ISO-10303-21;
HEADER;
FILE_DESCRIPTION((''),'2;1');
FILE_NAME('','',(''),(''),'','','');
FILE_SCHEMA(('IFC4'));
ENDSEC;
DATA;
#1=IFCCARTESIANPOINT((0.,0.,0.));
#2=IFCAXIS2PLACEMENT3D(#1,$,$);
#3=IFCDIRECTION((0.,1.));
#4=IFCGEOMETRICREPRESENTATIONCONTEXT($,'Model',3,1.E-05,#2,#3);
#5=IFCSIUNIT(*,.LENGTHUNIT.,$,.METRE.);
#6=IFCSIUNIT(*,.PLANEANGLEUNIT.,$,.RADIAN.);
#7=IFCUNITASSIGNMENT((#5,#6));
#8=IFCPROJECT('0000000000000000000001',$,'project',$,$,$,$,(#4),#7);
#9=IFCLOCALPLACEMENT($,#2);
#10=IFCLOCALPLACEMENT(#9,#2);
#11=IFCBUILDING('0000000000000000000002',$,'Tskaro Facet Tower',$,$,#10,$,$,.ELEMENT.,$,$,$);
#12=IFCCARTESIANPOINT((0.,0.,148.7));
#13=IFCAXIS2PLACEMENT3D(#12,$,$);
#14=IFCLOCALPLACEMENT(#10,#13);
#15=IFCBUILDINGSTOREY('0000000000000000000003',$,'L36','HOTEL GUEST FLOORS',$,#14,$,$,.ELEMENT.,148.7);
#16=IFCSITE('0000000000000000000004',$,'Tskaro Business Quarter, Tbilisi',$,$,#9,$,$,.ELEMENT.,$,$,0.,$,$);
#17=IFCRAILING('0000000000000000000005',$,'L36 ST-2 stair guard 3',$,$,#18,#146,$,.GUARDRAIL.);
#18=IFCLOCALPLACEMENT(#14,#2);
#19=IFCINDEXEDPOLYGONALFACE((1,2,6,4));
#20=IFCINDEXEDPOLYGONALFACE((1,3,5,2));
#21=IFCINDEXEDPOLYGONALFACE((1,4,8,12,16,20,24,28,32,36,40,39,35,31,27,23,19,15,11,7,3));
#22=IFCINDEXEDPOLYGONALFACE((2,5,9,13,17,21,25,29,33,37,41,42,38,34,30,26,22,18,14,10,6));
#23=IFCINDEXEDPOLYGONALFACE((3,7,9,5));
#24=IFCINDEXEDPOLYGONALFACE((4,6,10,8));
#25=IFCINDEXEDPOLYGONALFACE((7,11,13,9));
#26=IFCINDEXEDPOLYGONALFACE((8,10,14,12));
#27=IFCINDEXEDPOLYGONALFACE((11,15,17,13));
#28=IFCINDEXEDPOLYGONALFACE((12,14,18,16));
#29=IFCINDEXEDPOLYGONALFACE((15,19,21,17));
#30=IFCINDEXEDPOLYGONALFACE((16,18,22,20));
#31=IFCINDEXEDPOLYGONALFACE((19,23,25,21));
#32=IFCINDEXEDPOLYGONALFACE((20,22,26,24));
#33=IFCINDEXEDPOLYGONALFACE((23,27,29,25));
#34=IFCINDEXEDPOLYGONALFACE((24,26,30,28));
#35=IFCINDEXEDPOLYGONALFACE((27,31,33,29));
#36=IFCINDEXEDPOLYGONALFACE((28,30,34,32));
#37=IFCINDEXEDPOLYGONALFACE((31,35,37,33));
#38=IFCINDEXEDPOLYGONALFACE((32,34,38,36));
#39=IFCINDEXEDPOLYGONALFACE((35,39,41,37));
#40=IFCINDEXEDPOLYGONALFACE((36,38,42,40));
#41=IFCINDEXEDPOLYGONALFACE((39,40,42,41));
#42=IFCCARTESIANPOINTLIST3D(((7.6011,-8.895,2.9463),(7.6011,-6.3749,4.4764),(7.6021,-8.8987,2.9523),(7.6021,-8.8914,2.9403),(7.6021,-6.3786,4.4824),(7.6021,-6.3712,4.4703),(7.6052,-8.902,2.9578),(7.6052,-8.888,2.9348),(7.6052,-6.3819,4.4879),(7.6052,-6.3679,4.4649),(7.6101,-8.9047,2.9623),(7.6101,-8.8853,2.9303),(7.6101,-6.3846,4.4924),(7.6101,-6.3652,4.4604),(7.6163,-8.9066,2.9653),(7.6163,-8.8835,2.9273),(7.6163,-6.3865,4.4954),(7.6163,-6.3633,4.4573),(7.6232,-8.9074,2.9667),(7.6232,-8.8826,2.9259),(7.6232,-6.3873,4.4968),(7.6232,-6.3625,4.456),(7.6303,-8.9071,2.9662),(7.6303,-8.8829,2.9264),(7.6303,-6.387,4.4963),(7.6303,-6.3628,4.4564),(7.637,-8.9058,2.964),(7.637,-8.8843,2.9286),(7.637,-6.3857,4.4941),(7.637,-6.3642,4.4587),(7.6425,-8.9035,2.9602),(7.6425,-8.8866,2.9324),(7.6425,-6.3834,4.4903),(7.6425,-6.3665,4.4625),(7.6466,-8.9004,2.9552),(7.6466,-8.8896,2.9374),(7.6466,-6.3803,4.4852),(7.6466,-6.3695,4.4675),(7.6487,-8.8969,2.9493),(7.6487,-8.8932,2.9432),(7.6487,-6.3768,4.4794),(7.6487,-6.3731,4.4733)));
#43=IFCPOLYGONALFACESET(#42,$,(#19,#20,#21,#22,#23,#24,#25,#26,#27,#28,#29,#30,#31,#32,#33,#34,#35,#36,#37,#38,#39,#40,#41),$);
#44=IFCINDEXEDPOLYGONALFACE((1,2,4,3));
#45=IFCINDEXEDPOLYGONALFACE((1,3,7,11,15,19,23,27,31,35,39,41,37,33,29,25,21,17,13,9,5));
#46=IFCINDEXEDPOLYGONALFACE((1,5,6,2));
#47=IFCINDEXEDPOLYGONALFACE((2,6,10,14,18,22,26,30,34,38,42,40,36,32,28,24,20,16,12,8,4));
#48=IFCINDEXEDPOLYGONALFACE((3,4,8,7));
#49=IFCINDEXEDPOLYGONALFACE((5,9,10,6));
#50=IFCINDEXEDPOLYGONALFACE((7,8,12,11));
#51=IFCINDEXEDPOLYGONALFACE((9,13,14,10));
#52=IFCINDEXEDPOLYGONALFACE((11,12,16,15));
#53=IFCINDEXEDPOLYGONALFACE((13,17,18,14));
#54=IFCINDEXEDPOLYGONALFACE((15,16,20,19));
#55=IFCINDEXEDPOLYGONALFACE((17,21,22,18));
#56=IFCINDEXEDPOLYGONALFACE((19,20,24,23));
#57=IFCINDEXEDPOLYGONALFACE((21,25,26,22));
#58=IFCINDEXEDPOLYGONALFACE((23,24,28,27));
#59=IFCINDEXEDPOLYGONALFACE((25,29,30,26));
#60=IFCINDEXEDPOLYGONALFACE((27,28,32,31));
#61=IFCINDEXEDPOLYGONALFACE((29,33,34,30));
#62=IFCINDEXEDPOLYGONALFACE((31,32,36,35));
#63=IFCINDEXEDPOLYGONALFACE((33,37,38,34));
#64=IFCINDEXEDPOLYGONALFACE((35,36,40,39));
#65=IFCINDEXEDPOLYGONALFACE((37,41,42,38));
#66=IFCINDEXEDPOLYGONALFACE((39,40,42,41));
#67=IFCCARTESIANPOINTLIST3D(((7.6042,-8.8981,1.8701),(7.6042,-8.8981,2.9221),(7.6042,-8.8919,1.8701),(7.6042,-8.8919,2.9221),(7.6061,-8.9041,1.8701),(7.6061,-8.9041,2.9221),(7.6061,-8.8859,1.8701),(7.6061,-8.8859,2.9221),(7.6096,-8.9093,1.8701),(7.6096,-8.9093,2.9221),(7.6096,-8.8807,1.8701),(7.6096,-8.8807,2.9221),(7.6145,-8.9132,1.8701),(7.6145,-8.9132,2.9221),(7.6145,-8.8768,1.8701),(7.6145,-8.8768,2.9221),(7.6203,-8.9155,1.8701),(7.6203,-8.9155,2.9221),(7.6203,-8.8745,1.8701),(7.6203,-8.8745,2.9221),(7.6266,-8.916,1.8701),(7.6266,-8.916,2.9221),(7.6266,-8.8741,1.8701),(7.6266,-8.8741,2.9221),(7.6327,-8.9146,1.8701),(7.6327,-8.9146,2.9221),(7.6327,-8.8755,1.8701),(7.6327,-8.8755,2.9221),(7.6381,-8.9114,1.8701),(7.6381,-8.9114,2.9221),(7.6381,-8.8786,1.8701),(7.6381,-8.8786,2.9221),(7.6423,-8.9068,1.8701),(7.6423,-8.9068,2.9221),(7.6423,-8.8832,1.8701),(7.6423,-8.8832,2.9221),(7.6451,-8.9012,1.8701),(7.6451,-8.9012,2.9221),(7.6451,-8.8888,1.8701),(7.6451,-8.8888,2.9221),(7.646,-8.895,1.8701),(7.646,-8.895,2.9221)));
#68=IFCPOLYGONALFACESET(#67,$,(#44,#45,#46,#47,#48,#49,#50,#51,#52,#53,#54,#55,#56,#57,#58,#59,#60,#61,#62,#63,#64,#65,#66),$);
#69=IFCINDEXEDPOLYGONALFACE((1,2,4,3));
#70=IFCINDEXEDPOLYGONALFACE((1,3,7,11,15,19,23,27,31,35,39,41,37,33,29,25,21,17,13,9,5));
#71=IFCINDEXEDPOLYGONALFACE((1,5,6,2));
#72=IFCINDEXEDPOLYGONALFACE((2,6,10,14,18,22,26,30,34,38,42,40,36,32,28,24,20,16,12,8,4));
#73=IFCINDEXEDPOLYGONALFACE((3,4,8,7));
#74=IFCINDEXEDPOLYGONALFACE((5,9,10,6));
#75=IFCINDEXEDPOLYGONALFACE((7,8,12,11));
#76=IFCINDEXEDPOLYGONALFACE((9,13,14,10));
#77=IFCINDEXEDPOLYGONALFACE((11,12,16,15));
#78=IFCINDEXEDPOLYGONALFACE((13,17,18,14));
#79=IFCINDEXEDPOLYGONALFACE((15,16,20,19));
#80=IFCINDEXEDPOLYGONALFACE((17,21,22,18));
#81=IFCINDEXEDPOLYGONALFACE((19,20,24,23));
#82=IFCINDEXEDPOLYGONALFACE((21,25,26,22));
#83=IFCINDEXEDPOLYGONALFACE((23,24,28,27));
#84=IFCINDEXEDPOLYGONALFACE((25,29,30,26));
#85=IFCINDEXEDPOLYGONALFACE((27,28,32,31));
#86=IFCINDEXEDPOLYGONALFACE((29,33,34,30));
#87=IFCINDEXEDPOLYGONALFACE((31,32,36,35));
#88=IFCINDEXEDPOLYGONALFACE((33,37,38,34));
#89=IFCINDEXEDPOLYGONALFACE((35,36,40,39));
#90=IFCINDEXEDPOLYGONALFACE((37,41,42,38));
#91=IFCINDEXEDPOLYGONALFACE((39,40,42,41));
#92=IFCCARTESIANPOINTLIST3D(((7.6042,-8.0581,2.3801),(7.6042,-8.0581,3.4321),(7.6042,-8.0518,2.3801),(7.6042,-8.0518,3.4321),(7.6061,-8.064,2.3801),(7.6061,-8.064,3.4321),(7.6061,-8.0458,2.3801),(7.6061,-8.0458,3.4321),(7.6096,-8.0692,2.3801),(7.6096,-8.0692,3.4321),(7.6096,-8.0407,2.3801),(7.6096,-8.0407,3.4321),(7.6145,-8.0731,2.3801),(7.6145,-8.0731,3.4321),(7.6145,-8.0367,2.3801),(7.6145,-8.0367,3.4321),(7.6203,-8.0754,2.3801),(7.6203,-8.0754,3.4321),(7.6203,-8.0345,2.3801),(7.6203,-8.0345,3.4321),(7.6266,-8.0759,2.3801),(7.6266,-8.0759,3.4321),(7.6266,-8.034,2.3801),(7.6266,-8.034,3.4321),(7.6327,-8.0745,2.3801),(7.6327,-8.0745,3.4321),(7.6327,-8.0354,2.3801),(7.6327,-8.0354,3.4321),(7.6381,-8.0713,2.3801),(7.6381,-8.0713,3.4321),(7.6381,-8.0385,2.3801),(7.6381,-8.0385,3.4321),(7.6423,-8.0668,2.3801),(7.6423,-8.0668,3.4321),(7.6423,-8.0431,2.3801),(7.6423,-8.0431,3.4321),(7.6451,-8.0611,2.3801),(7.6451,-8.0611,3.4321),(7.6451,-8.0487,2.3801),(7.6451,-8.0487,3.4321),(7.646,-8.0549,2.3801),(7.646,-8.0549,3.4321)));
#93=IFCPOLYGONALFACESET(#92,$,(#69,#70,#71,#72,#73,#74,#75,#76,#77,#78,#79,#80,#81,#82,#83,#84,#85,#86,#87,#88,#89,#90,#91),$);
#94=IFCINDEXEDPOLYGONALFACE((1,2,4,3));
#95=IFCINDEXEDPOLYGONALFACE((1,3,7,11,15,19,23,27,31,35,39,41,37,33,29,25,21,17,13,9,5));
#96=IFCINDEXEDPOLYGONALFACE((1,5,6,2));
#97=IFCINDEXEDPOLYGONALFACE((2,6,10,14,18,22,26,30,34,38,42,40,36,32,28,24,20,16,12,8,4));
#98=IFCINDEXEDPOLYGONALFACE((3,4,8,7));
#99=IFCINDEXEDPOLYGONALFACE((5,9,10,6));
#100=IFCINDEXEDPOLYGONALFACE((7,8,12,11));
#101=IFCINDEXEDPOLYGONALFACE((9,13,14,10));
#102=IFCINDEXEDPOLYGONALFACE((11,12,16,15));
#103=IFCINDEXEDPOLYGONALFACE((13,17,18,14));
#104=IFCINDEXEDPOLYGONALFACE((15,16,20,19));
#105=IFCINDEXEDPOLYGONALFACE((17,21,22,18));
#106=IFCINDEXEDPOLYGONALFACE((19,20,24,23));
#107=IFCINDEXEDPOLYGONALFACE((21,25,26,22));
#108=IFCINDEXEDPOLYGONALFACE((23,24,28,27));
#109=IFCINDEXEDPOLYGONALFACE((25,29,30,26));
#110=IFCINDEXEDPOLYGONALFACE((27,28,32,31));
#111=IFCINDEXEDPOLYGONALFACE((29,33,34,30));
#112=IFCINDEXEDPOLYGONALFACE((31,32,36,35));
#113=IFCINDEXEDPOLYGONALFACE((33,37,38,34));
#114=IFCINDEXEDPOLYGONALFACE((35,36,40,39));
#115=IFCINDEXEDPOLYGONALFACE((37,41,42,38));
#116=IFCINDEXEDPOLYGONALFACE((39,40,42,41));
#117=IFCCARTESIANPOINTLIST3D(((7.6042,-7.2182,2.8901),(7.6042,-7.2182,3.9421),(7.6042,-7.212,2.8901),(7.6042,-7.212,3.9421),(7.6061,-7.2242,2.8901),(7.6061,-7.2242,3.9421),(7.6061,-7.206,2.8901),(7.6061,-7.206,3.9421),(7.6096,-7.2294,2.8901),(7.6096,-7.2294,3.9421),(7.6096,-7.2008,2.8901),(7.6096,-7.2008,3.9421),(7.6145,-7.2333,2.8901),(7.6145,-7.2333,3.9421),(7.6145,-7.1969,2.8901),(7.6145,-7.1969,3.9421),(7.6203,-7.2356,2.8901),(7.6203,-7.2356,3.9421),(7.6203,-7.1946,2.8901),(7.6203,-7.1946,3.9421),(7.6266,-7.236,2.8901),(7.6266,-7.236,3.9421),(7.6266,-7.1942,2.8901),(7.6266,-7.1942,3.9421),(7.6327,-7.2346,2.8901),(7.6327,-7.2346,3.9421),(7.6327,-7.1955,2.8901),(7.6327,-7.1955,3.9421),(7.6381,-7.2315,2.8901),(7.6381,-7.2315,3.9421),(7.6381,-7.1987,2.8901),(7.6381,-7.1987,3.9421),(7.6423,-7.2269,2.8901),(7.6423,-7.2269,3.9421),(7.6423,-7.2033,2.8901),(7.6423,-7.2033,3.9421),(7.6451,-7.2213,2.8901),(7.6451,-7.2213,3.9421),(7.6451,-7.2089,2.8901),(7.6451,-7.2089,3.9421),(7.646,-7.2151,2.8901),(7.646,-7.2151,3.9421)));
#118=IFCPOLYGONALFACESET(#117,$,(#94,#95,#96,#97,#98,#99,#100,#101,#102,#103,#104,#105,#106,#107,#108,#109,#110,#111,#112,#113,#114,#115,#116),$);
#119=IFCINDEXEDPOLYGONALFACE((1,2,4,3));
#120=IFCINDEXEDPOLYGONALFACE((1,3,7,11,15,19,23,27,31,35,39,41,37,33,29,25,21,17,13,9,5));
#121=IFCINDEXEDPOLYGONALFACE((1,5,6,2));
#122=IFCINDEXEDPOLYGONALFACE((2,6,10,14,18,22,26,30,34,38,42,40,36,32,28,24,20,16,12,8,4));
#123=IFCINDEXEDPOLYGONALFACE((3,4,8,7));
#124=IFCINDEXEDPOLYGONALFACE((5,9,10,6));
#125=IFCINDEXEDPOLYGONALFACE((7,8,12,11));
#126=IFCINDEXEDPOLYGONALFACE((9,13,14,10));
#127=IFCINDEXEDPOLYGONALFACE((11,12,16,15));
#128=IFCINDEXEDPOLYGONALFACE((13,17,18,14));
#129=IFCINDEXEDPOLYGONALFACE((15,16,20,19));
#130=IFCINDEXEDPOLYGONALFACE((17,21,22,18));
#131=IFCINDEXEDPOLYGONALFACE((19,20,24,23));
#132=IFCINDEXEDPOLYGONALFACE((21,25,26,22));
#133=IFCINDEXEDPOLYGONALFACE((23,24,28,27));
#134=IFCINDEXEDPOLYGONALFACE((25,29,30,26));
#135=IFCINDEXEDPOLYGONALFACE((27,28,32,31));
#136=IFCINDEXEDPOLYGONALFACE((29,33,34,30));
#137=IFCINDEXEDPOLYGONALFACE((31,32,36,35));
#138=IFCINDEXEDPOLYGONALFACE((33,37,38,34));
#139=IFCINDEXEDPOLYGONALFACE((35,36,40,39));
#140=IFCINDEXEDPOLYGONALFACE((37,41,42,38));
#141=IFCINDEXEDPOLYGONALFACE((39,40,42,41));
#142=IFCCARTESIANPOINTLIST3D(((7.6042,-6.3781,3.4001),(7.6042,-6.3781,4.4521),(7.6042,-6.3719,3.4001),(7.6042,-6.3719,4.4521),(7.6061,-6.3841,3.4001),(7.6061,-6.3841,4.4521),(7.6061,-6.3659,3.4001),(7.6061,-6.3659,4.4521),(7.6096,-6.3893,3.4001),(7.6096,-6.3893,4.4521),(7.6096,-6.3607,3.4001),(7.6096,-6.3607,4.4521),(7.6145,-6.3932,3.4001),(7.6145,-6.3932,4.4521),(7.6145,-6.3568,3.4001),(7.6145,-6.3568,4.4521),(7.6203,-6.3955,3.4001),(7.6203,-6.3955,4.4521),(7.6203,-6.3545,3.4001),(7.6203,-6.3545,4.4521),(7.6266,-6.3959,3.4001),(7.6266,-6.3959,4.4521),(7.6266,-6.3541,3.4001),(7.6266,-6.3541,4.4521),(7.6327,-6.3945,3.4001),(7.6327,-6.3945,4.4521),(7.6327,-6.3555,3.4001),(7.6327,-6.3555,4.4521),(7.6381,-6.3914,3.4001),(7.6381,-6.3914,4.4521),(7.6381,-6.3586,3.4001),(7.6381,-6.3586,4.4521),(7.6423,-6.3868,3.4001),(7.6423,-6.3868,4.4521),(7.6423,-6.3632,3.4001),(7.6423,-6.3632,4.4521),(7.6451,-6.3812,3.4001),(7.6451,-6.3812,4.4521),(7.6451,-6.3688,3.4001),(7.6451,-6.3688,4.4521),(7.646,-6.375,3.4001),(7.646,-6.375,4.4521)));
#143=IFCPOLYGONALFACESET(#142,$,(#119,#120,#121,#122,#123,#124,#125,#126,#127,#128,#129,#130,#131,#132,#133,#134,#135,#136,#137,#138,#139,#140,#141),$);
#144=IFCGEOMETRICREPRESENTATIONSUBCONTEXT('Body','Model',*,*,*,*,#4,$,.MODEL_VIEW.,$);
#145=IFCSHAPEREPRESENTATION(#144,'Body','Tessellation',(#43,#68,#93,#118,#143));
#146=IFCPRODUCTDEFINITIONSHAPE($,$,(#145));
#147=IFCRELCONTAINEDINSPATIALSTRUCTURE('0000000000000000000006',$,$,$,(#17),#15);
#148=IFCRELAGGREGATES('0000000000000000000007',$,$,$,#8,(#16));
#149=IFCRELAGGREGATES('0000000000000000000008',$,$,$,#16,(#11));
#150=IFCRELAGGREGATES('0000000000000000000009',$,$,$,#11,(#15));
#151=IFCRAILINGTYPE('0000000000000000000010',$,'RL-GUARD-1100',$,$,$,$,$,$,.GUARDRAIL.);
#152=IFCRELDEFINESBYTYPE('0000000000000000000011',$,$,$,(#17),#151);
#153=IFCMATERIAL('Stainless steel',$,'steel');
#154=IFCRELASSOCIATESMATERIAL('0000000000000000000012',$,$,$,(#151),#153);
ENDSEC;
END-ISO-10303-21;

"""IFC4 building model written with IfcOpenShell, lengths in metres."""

from ifc_helpers import new_model, si_unit, direction, frame, origin, origin_2d, place, context, subcontext, project, spatial, circle, extrude, material, type_object, element, save


model = new_model("IFC4")

# Units and contexts
model_context = context("Model", 3, precision=1e-05, world=origin(), true_north=direction((0.0, 1.0)))
body_context = subcontext(model_context, "Body", "Model", "MODEL_VIEW")
ifc_project = project(units=[si_unit("LENGTHUNIT", "METRE"), si_unit("PLANEANGLEUNIT", "RADIAN")], contexts=[model_context])

# Site, building, storey
site_placement = place(None, origin())
site = spatial("IfcSite", under=ifc_project, at=site_placement, Name="Tskaro Business Quarter, Tbilisi", CompositionType="ELEMENT", RefElevation=0.0)
building_placement = place(site_placement, origin())
building = spatial("IfcBuilding", under=site, at=building_placement, Name="Tskaro Facet Tower", CompositionType="ELEMENT")
storey_placement = place(building_placement, frame((0.0, 0.0, 148.7)))
storey = spatial("IfcBuildingStorey", under=building, at=storey_placement, Name="L36", Description="HOTEL GUEST FLOORS", CompositionType="ELEMENT", Elevation=148.7)

# Railing
ifc_material_1 = material(Name="Stainless steel", Category="steel")
railing_type = type_object("IfcRailingType", Name="RL-GUARD-1100", PredefinedType="GUARDRAIL", material=ifc_material_1)
railing_1_placement = place(storey_placement, frame((7.625, -8.895, 1.8701)))
element("IfcRailing", 1, at=railing_1_placement, inside=storey, type_object=railing_type, Name="L36 ST-2 stair guard 3", PredefinedType="GUARDRAIL", context=body_context, shape_type="SweptSolid", body=[
    extrude(circle(Radius=0.0239, at=origin_2d()), frame((0.0, 0.0, 1.0762), z_axis=(0.0, 0.854785, 0.518982), x_axis=(-1.0, 0.0, 0.0)), (0.0, 0.0, 1.0), 2.9482),
    extrude(circle(Radius=0.021, at=origin_2d()), origin(), (0.0, 0.0, 1.0), 1.052),
    extrude(circle(Radius=0.021, at=origin_2d()), frame((0.0, 0.8401, 0.51)), (0.0, 0.0, 1.0), 1.052),
    extrude(circle(Radius=0.021, at=origin_2d()), frame((0.0, 1.6799, 1.02)), (0.0, 0.0, 1.0), 1.052),
    extrude(circle(Radius=0.021, at=origin_2d()), frame((0.0, 2.52, 1.53)), (0.0, 0.0, 1.0), 1.052),
])

save(model, "model.ifc")
